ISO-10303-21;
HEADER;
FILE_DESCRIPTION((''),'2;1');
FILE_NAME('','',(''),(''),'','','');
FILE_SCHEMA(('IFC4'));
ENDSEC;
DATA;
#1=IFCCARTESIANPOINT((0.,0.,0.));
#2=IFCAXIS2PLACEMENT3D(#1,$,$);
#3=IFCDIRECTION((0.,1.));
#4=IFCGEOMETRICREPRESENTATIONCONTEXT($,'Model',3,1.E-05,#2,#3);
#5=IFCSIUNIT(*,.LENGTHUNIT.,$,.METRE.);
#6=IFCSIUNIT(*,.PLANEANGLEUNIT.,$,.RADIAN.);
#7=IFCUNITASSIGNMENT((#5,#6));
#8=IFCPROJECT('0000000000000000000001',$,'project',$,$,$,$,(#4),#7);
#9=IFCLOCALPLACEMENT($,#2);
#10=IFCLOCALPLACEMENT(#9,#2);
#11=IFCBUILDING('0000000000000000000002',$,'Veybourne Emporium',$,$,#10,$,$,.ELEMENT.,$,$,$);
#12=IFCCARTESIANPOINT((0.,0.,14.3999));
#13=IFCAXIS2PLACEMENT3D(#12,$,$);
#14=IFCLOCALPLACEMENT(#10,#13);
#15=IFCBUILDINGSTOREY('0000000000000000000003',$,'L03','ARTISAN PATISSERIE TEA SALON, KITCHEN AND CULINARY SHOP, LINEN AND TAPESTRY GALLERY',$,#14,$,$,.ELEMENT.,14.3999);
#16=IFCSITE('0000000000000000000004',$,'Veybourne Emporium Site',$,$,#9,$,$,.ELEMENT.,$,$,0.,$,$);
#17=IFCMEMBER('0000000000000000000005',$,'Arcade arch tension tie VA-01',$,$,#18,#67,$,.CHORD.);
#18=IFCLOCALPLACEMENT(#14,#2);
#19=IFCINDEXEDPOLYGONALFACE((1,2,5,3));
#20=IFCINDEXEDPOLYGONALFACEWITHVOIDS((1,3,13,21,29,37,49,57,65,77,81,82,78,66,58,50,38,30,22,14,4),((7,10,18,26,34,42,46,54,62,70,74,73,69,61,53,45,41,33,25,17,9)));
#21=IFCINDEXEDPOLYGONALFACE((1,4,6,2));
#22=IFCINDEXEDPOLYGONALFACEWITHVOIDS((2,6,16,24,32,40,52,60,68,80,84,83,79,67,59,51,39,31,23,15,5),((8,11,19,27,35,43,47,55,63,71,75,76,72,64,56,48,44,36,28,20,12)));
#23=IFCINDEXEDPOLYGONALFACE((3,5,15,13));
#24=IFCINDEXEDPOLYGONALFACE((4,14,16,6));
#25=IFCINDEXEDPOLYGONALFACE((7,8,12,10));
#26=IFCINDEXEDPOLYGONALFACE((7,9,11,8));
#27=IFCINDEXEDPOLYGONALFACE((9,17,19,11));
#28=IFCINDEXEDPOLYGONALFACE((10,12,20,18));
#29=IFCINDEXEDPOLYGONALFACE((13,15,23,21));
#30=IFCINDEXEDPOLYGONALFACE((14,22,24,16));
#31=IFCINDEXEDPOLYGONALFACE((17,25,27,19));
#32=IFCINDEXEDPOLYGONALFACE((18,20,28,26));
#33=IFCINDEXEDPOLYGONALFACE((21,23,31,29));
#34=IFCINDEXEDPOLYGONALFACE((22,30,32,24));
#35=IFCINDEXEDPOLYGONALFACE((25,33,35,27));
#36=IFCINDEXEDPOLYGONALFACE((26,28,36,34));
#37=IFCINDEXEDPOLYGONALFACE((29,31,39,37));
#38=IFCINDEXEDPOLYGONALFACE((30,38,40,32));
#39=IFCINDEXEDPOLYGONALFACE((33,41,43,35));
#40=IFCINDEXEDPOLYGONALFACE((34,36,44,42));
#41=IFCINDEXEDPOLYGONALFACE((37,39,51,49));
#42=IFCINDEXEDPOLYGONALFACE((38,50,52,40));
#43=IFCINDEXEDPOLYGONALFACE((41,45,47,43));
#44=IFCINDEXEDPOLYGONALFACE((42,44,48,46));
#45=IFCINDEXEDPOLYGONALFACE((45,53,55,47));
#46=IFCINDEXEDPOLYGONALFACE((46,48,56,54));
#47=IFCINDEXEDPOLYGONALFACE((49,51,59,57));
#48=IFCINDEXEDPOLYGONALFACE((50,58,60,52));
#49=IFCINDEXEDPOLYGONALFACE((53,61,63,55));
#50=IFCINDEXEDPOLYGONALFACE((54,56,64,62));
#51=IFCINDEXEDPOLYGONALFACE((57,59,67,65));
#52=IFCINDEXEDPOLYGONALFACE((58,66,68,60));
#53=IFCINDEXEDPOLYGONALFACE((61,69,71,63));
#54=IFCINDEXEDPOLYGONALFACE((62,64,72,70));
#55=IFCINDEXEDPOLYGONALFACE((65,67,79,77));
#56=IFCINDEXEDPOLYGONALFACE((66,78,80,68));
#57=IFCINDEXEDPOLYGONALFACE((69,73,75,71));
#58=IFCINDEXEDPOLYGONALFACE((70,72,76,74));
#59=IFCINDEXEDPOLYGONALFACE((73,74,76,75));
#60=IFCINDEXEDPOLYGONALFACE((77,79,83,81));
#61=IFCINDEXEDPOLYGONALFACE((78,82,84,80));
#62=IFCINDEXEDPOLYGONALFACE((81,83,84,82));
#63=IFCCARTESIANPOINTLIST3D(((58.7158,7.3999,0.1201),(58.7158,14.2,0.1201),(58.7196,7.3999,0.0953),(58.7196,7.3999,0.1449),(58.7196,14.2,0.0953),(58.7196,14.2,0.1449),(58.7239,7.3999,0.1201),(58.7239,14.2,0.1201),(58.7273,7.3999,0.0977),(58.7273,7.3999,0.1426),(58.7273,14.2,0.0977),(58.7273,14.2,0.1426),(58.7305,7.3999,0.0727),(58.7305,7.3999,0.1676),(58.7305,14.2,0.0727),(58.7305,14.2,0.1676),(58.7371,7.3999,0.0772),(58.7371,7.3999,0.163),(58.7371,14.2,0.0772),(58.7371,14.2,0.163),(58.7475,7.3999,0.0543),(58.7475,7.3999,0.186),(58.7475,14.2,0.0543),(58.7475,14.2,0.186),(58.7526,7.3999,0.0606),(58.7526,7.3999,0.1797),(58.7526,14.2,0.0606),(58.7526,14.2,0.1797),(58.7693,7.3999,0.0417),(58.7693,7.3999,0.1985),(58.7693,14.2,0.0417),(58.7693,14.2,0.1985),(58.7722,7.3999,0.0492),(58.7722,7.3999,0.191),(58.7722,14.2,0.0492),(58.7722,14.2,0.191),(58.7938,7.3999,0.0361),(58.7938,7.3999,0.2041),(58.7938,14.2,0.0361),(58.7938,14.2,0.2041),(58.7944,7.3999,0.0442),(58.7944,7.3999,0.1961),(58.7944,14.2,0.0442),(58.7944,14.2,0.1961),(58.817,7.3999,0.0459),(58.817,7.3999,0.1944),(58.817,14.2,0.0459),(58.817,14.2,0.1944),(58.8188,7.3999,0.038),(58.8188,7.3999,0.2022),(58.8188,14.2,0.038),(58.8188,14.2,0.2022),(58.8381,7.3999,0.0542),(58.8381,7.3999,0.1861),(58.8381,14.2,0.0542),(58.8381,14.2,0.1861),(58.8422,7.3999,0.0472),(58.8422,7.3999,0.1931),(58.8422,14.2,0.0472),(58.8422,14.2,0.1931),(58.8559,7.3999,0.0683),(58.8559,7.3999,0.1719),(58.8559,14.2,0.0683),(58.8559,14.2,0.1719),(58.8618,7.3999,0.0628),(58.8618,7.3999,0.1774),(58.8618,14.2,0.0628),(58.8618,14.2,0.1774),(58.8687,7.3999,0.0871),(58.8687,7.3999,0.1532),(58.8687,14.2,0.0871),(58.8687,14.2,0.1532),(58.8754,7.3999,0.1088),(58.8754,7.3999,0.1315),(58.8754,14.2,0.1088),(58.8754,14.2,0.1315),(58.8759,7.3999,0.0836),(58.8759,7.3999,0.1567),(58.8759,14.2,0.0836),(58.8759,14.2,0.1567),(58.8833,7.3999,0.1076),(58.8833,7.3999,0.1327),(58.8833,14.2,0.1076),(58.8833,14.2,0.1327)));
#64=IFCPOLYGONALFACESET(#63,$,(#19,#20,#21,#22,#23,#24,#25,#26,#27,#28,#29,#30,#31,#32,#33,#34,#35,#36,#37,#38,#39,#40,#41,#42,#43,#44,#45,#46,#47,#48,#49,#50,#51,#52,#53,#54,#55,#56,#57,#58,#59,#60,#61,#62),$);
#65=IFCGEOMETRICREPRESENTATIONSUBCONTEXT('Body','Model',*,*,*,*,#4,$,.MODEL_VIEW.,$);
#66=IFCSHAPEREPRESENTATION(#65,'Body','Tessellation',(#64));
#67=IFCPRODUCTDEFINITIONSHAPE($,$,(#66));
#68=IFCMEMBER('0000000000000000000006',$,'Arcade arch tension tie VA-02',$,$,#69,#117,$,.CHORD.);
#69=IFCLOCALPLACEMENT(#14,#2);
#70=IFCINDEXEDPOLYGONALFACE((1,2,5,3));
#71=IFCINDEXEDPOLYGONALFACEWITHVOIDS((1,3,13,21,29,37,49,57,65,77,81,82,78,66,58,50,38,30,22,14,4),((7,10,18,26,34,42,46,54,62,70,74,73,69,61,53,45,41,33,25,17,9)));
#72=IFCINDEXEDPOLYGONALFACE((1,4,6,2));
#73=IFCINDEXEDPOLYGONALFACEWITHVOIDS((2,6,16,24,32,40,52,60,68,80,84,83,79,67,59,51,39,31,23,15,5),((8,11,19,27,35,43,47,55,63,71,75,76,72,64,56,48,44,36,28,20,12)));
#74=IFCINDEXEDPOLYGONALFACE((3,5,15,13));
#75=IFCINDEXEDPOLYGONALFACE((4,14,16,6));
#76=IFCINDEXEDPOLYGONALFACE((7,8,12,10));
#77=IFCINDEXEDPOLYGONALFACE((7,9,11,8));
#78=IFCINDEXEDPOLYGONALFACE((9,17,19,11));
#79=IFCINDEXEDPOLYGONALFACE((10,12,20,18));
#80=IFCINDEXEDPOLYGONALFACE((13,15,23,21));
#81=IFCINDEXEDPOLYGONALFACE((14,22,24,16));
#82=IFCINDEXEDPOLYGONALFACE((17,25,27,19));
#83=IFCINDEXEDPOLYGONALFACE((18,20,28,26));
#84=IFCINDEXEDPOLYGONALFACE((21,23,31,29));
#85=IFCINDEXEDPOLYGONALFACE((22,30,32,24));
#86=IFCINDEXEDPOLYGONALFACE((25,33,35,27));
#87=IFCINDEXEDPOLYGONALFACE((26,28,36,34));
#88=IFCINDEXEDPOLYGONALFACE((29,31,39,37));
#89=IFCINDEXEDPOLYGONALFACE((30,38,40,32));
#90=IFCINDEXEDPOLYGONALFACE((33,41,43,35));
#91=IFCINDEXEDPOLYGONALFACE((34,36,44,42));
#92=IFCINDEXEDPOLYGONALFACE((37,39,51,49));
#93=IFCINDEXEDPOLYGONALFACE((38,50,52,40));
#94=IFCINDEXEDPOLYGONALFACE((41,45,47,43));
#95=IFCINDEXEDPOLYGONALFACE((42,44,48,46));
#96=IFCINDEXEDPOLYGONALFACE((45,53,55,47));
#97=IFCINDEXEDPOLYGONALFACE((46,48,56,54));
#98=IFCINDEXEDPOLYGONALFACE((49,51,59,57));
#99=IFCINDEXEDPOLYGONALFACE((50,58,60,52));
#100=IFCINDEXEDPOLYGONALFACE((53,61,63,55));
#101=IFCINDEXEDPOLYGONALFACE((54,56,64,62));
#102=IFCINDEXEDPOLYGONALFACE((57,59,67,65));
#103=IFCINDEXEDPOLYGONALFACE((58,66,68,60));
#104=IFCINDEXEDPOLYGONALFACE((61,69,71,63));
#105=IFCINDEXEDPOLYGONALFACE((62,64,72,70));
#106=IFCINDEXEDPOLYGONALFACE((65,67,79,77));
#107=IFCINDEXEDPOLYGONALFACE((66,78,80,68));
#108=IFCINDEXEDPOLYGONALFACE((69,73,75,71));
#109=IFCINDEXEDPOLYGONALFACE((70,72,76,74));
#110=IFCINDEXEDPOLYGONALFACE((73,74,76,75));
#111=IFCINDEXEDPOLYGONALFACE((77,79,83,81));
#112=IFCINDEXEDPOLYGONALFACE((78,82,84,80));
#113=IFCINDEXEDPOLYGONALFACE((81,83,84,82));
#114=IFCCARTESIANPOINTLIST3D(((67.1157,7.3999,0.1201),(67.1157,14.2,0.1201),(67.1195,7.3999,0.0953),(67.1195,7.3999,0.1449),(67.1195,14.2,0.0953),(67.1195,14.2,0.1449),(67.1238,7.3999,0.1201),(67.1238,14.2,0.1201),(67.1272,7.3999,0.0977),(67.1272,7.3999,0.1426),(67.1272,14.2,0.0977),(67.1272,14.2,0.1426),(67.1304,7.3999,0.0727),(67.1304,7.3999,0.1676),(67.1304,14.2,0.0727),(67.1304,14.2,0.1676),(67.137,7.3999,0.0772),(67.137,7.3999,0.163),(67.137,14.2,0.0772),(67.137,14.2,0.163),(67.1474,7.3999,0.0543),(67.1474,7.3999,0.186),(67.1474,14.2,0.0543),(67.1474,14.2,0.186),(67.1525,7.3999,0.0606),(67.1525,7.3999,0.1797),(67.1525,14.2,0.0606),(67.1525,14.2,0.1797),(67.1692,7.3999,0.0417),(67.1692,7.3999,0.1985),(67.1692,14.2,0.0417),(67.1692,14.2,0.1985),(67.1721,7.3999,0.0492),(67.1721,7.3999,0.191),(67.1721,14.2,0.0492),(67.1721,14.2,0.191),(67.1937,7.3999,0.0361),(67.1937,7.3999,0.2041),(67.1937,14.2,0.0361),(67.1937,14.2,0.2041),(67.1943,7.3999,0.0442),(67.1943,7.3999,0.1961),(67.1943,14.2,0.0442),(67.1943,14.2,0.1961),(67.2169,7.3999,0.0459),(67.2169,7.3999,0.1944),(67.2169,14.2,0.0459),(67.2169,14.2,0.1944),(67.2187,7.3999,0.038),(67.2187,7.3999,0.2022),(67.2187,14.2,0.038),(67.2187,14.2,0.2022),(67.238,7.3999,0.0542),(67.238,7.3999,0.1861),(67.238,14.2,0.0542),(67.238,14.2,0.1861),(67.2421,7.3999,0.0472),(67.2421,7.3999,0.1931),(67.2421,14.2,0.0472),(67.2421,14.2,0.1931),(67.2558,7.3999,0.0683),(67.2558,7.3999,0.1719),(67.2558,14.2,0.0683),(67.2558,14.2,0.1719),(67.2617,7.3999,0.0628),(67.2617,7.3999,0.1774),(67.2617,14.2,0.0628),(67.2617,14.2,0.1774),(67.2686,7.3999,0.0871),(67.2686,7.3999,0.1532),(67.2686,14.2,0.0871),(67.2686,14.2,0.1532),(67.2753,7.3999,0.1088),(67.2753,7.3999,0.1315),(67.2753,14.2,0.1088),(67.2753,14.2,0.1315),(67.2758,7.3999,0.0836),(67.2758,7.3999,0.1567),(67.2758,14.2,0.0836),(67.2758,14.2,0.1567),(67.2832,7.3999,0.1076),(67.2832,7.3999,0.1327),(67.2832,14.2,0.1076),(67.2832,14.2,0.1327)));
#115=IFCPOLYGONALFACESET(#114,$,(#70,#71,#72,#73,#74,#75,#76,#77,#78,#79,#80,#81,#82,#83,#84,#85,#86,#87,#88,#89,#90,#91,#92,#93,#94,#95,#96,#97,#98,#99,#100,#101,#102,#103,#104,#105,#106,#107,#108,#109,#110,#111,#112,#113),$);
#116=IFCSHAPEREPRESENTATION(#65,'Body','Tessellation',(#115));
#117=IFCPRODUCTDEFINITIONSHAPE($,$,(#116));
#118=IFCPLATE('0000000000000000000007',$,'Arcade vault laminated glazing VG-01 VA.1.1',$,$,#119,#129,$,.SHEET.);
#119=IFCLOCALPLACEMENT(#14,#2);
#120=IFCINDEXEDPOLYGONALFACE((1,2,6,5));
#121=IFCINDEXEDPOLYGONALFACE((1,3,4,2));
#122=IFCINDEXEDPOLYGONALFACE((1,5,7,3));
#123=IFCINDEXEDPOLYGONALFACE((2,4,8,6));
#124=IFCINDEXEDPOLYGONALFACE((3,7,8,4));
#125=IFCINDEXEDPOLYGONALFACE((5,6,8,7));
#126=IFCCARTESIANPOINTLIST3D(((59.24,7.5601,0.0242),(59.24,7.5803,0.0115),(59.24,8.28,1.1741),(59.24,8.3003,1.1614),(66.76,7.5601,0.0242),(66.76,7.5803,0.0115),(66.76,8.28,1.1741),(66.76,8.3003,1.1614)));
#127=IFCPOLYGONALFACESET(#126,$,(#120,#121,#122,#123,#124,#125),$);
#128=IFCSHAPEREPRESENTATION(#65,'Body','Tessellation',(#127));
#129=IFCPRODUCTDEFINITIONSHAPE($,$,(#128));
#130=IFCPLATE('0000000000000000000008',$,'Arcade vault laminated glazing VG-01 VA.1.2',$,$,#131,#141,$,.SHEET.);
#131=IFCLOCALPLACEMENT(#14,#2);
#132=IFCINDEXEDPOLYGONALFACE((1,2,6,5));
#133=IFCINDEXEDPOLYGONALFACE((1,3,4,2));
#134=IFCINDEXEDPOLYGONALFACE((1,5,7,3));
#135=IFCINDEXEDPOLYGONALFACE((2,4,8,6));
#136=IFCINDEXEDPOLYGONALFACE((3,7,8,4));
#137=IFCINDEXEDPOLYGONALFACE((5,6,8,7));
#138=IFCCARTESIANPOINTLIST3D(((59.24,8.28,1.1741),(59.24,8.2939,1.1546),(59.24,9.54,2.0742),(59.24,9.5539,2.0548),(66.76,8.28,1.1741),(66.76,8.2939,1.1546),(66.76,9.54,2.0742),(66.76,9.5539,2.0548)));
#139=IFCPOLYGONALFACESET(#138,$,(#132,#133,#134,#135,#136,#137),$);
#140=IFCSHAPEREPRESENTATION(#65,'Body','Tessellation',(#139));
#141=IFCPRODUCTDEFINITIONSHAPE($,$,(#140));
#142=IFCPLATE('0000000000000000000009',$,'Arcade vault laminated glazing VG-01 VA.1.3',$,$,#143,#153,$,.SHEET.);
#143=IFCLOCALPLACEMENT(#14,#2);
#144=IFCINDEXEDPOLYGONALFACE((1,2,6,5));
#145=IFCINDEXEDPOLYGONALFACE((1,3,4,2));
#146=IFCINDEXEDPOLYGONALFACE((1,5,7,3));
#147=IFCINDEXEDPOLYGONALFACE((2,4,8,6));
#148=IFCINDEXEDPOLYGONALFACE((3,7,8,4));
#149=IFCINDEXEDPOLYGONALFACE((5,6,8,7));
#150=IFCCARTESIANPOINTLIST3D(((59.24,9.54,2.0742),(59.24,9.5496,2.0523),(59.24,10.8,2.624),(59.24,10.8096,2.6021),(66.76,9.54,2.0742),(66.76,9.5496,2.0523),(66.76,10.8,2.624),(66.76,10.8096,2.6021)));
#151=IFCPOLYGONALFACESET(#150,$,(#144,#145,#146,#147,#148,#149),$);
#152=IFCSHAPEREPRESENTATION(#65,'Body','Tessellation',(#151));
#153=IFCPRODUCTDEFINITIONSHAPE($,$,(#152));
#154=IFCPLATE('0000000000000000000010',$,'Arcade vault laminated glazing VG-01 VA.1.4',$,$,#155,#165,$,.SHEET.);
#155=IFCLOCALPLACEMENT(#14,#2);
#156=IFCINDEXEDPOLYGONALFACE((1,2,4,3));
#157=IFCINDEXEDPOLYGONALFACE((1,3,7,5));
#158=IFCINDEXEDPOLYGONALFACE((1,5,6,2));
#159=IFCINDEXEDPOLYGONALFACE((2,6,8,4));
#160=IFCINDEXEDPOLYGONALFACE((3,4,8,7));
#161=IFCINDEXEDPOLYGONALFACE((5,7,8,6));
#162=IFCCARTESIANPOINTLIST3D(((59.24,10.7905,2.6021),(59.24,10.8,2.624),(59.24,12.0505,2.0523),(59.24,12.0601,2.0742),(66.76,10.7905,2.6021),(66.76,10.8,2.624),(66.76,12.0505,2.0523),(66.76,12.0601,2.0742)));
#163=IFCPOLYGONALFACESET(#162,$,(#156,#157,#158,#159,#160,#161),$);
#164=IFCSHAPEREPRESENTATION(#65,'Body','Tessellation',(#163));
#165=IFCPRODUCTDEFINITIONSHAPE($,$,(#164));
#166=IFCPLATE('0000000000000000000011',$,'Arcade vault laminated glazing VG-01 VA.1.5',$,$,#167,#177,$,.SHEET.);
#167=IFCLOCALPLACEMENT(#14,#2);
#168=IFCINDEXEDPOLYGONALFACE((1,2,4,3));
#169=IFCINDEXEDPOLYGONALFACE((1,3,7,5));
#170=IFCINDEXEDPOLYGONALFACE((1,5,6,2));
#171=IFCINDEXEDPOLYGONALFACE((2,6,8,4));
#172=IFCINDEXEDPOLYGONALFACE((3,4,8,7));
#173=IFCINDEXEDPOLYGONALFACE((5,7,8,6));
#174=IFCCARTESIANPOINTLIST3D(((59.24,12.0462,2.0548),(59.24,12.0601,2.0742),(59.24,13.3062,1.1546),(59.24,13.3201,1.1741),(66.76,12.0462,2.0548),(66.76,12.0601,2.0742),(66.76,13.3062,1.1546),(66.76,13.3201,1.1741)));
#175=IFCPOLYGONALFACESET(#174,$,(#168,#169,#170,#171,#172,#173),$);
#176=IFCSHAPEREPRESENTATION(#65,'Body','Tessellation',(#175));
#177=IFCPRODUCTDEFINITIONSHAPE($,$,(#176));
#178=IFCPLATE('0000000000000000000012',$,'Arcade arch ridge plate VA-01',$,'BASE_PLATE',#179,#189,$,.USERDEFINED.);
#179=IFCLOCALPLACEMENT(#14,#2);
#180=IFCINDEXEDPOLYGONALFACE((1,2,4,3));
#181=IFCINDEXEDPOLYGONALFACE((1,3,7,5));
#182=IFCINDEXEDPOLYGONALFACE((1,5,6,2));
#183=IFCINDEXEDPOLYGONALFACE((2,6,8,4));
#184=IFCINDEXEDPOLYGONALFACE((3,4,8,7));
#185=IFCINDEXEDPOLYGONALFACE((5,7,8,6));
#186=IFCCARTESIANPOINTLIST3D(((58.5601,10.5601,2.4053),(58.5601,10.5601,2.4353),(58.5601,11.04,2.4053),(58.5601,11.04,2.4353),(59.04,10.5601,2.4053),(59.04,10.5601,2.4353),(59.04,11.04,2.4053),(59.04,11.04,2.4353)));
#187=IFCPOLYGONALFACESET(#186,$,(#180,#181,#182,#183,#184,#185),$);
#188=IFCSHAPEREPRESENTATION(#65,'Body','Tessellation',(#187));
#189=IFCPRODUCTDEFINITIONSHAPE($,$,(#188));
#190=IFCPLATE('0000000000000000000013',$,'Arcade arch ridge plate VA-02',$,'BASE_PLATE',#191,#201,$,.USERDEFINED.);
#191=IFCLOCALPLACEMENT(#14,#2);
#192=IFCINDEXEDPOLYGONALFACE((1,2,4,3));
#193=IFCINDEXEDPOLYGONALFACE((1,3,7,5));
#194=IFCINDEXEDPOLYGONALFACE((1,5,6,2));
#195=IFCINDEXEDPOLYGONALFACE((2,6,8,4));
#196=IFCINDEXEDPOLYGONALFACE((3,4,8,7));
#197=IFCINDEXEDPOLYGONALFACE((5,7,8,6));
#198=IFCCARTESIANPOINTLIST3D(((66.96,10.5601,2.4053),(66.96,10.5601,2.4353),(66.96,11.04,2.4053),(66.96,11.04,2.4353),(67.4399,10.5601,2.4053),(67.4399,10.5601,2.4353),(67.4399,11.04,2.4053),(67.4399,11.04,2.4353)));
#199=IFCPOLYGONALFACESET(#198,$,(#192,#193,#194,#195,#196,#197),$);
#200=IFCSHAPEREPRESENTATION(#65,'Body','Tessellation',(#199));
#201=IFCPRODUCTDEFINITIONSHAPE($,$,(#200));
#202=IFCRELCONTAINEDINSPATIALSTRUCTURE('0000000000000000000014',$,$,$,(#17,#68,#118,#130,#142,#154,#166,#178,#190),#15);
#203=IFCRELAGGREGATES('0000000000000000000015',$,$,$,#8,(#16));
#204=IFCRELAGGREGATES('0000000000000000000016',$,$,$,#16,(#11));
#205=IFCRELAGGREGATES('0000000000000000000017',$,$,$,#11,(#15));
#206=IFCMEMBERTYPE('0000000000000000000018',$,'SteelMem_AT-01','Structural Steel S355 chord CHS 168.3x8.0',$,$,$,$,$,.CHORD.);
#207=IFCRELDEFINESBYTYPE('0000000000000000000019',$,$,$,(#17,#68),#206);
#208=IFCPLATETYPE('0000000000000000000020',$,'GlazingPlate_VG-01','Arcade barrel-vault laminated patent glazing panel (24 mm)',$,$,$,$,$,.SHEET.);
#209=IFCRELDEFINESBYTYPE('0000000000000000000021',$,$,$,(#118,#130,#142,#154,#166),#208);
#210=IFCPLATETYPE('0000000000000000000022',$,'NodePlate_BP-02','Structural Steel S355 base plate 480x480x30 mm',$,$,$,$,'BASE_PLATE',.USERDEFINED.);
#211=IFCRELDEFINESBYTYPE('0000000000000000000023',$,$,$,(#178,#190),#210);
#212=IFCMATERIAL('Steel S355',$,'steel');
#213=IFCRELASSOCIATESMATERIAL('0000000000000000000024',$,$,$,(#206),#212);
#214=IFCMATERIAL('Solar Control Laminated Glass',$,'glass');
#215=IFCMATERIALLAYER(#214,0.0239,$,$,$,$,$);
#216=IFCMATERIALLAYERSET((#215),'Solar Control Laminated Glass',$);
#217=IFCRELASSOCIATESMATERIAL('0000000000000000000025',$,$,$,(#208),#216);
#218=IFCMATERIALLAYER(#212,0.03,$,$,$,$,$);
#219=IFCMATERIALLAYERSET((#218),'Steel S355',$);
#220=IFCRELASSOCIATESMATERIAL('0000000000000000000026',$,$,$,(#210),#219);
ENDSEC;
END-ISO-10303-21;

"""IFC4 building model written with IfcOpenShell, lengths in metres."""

from ifc_helpers import new_model, si_unit, direction, frame, origin, origin_2d, place, context, subcontext, project, spatial, polyline, rectangle, hollow_circle, outline, extrude, material, layer, layer_set, material_profile, profile_set, type_object, element, save


model = new_model("IFC4")

# Units and contexts
model_context = context("Model", 3, precision=1e-05, world=origin(), true_north=direction((0.0, 1.0)))
body_context = subcontext(model_context, "Body", "Model", "MODEL_VIEW")
ifc_project = project(units=[si_unit("LENGTHUNIT", "METRE"), si_unit("PLANEANGLEUNIT", "RADIAN")], contexts=[model_context])

# Site, building, storey
site_placement = place(None, origin())
site = spatial("IfcSite", under=ifc_project, at=site_placement, Name="Veybourne Emporium Site", CompositionType="ELEMENT", RefElevation=0.0)
building_placement = place(site_placement, origin())
building = spatial("IfcBuilding", under=site, at=building_placement, Name="Veybourne Emporium", CompositionType="ELEMENT")
storey_placement = place(building_placement, frame((0.0, 0.0, 14.3999)))
storey = spatial("IfcBuildingStorey", under=building, at=storey_placement, Name="L03", Description="ARTISAN PATISSERIE TEA SALON, KITCHEN AND CULINARY SHOP, LINEN AND TAPESTRY GALLERY", CompositionType="ELEMENT", Elevation=14.3999)

# Shared definitions
ifc_material_1 = material(Name="Steel S355", Category="steel")

# Members
ifc_material_profile_1 = material_profile(ifc_material_1, hollow_circle(Radius=0.0842, WallThickness=0.0081, at=origin_2d()), Name="CHS 168.3x8.0")
ifc_profile_set_1 = profile_set([ifc_material_profile_1], Name="Steel S355")
member_type_1 = type_object("IfcMemberType", Name="SteelMem_AT-01", Description="Structural Steel S355 chord CHS 168.3x8.0", PredefinedType="CHORD", material=ifc_profile_set_1)
for number, where, z_axis, x_axis, name in (
    (1, (58.8, 7.3999, 0.1201), (0.0, 1.0, 0.0), (-1.0, 0.0, 0.0), "Arcade arch tension tie VA-01"),
    (2, (67.2, 7.3999, 0.1201), (0.0, 1.0, 0.0), (-1.0, 0.0, 0.0), "Arcade arch tension tie VA-02"),
):
    element("IfcMember", number, at=place(storey_placement, frame(where, z_axis=z_axis, x_axis=x_axis)), inside=storey, type_object=member_type_1, Name=name, PredefinedType="CHORD", context=body_context, shape_type="SweptSolid", body=[
        extrude(hollow_circle(Radius=0.0842, WallThickness=0.0081, at=origin_2d()), origin(), (0.0, 0.0, 1.0), 6.8),
    ])

# Plates
ifc_material_2 = material(Name="Solar Control Laminated Glass", Category="glass")
ifc_layer_1 = layer(ifc_material_2, 0.0239)
ifc_layer_set_1 = layer_set([ifc_layer_1], Name="Solar Control Laminated Glass")
plate_type_1 = type_object("IfcPlateType", Name="GlazingPlate_VG-01", Description="Arcade barrel-vault laminated patent glazing panel (24 mm)", PredefinedType="SHEET", material=ifc_layer_set_1)
plate_1_placement = place(storey_placement, frame((59.24, 7.5601, 0.0242), z_axis=(0.0, -0.847573, 0.530678), x_axis=(1.0, 0.0, 0.0)))
element("IfcPlate", 3, at=plate_1_placement, inside=storey, type_object=plate_type_1, Name="Arcade vault laminated glazing VG-01 VA.1.1", PredefinedType="SHEET", context=body_context, shape_type="SweptSolid", body=[
    extrude(outline(polyline([(0.0, 0.0), (7.52, 0.0), (7.52, 1.3567), (0.0, 1.3567), (0.0, 0.0)])), origin(), (0.0, 0.0, -1.0), 0.0239),
])
plate_2_placement = place(storey_placement, frame((59.24, 8.28, 1.1741), z_axis=(0.0, -0.581298, 0.813691), x_axis=(1.0, 0.0, 0.0)))
element("IfcPlate", 4, at=plate_2_placement, inside=storey, type_object=plate_type_1, Name="Arcade vault laminated glazing VG-01 VA.1.2", PredefinedType="SHEET", context=body_context, shape_type="SweptSolid", body=[
    extrude(outline(polyline([(0.0, 0.0), (7.52, 0.0), (7.52, 1.5485), (0.0, 1.5485), (0.0, 0.0)])), origin(), (0.0, 0.0, -1.0), 0.0239),
])
for number, where, z_axis, x_axis, name in (
    (5, (59.24, 9.54, 2.0742), (0.0, -0.399934, 0.916544), (1.0, 0.0, 0.0), "Arcade vault laminated glazing VG-01 VA.1.3"),
    (6, (59.24, 10.8, 2.624), (0.0, 0.399934, 0.916544), (1.0, 0.0, 0.0), "Arcade vault laminated glazing VG-01 VA.1.4"),
):
    element("IfcPlate", number, at=place(storey_placement, frame(where, z_axis=z_axis, x_axis=x_axis)), inside=storey, type_object=plate_type_1, Name=name, PredefinedType="SHEET", context=body_context, shape_type="SweptSolid", body=[
        extrude(outline(polyline([(0.0, 0.0), (7.52, 0.0), (7.52, 1.3747), (0.0, 1.3747), (0.0, 0.0)])), origin(), (0.0, 0.0, -1.0), 0.0239),
    ])
plate_3_placement = place(storey_placement, frame((59.24, 12.0601, 2.0742), z_axis=(0.0, 0.581298, 0.813691), x_axis=(1.0, 0.0, 0.0)))
element("IfcPlate", 7, at=plate_3_placement, inside=storey, type_object=plate_type_1, Name="Arcade vault laminated glazing VG-01 VA.1.5", PredefinedType="SHEET", context=body_context, shape_type="SweptSolid", body=[
    extrude(outline(polyline([(0.0, 0.0), (7.52, 0.0), (7.52, 1.5485), (0.0, 1.5485), (0.0, 0.0)])), origin(), (0.0, 0.0, -1.0), 0.0239),
])
ifc_layer_2 = layer(ifc_material_1, 0.03)
ifc_layer_set_2 = layer_set([ifc_layer_2], Name="Steel S355")
plate_type_2 = type_object("IfcPlateType", Name="NodePlate_BP-02", Description="Structural Steel S355 base plate 480x480x30 mm", ElementType="BASE_PLATE", PredefinedType="USERDEFINED", material=ifc_layer_set_2)
for number, where, z_axis, x_axis, name in (
    (8, (58.8, 10.8, 2.4053), (0.0, 0.0, 1.0), (1.0, 0.0, 0.0), "Arcade arch ridge plate VA-01"),
    (9, (67.2, 10.8, 2.4053), (0.0, 0.0, 1.0), (1.0, 0.0, 0.0), "Arcade arch ridge plate VA-02"),
):
    element("IfcPlate", number, at=place(storey_placement, frame(where, z_axis=z_axis, x_axis=x_axis)), inside=storey, type_object=plate_type_2, Name=name, ObjectType="BASE_PLATE", PredefinedType="USERDEFINED", context=body_context, shape_type="SweptSolid", body=[
        extrude(rectangle(XDim=0.48, YDim=0.48, at=origin_2d()), origin(), (0.0, 0.0, 1.0), 0.03),
    ])

save(model, "model.ifc")
